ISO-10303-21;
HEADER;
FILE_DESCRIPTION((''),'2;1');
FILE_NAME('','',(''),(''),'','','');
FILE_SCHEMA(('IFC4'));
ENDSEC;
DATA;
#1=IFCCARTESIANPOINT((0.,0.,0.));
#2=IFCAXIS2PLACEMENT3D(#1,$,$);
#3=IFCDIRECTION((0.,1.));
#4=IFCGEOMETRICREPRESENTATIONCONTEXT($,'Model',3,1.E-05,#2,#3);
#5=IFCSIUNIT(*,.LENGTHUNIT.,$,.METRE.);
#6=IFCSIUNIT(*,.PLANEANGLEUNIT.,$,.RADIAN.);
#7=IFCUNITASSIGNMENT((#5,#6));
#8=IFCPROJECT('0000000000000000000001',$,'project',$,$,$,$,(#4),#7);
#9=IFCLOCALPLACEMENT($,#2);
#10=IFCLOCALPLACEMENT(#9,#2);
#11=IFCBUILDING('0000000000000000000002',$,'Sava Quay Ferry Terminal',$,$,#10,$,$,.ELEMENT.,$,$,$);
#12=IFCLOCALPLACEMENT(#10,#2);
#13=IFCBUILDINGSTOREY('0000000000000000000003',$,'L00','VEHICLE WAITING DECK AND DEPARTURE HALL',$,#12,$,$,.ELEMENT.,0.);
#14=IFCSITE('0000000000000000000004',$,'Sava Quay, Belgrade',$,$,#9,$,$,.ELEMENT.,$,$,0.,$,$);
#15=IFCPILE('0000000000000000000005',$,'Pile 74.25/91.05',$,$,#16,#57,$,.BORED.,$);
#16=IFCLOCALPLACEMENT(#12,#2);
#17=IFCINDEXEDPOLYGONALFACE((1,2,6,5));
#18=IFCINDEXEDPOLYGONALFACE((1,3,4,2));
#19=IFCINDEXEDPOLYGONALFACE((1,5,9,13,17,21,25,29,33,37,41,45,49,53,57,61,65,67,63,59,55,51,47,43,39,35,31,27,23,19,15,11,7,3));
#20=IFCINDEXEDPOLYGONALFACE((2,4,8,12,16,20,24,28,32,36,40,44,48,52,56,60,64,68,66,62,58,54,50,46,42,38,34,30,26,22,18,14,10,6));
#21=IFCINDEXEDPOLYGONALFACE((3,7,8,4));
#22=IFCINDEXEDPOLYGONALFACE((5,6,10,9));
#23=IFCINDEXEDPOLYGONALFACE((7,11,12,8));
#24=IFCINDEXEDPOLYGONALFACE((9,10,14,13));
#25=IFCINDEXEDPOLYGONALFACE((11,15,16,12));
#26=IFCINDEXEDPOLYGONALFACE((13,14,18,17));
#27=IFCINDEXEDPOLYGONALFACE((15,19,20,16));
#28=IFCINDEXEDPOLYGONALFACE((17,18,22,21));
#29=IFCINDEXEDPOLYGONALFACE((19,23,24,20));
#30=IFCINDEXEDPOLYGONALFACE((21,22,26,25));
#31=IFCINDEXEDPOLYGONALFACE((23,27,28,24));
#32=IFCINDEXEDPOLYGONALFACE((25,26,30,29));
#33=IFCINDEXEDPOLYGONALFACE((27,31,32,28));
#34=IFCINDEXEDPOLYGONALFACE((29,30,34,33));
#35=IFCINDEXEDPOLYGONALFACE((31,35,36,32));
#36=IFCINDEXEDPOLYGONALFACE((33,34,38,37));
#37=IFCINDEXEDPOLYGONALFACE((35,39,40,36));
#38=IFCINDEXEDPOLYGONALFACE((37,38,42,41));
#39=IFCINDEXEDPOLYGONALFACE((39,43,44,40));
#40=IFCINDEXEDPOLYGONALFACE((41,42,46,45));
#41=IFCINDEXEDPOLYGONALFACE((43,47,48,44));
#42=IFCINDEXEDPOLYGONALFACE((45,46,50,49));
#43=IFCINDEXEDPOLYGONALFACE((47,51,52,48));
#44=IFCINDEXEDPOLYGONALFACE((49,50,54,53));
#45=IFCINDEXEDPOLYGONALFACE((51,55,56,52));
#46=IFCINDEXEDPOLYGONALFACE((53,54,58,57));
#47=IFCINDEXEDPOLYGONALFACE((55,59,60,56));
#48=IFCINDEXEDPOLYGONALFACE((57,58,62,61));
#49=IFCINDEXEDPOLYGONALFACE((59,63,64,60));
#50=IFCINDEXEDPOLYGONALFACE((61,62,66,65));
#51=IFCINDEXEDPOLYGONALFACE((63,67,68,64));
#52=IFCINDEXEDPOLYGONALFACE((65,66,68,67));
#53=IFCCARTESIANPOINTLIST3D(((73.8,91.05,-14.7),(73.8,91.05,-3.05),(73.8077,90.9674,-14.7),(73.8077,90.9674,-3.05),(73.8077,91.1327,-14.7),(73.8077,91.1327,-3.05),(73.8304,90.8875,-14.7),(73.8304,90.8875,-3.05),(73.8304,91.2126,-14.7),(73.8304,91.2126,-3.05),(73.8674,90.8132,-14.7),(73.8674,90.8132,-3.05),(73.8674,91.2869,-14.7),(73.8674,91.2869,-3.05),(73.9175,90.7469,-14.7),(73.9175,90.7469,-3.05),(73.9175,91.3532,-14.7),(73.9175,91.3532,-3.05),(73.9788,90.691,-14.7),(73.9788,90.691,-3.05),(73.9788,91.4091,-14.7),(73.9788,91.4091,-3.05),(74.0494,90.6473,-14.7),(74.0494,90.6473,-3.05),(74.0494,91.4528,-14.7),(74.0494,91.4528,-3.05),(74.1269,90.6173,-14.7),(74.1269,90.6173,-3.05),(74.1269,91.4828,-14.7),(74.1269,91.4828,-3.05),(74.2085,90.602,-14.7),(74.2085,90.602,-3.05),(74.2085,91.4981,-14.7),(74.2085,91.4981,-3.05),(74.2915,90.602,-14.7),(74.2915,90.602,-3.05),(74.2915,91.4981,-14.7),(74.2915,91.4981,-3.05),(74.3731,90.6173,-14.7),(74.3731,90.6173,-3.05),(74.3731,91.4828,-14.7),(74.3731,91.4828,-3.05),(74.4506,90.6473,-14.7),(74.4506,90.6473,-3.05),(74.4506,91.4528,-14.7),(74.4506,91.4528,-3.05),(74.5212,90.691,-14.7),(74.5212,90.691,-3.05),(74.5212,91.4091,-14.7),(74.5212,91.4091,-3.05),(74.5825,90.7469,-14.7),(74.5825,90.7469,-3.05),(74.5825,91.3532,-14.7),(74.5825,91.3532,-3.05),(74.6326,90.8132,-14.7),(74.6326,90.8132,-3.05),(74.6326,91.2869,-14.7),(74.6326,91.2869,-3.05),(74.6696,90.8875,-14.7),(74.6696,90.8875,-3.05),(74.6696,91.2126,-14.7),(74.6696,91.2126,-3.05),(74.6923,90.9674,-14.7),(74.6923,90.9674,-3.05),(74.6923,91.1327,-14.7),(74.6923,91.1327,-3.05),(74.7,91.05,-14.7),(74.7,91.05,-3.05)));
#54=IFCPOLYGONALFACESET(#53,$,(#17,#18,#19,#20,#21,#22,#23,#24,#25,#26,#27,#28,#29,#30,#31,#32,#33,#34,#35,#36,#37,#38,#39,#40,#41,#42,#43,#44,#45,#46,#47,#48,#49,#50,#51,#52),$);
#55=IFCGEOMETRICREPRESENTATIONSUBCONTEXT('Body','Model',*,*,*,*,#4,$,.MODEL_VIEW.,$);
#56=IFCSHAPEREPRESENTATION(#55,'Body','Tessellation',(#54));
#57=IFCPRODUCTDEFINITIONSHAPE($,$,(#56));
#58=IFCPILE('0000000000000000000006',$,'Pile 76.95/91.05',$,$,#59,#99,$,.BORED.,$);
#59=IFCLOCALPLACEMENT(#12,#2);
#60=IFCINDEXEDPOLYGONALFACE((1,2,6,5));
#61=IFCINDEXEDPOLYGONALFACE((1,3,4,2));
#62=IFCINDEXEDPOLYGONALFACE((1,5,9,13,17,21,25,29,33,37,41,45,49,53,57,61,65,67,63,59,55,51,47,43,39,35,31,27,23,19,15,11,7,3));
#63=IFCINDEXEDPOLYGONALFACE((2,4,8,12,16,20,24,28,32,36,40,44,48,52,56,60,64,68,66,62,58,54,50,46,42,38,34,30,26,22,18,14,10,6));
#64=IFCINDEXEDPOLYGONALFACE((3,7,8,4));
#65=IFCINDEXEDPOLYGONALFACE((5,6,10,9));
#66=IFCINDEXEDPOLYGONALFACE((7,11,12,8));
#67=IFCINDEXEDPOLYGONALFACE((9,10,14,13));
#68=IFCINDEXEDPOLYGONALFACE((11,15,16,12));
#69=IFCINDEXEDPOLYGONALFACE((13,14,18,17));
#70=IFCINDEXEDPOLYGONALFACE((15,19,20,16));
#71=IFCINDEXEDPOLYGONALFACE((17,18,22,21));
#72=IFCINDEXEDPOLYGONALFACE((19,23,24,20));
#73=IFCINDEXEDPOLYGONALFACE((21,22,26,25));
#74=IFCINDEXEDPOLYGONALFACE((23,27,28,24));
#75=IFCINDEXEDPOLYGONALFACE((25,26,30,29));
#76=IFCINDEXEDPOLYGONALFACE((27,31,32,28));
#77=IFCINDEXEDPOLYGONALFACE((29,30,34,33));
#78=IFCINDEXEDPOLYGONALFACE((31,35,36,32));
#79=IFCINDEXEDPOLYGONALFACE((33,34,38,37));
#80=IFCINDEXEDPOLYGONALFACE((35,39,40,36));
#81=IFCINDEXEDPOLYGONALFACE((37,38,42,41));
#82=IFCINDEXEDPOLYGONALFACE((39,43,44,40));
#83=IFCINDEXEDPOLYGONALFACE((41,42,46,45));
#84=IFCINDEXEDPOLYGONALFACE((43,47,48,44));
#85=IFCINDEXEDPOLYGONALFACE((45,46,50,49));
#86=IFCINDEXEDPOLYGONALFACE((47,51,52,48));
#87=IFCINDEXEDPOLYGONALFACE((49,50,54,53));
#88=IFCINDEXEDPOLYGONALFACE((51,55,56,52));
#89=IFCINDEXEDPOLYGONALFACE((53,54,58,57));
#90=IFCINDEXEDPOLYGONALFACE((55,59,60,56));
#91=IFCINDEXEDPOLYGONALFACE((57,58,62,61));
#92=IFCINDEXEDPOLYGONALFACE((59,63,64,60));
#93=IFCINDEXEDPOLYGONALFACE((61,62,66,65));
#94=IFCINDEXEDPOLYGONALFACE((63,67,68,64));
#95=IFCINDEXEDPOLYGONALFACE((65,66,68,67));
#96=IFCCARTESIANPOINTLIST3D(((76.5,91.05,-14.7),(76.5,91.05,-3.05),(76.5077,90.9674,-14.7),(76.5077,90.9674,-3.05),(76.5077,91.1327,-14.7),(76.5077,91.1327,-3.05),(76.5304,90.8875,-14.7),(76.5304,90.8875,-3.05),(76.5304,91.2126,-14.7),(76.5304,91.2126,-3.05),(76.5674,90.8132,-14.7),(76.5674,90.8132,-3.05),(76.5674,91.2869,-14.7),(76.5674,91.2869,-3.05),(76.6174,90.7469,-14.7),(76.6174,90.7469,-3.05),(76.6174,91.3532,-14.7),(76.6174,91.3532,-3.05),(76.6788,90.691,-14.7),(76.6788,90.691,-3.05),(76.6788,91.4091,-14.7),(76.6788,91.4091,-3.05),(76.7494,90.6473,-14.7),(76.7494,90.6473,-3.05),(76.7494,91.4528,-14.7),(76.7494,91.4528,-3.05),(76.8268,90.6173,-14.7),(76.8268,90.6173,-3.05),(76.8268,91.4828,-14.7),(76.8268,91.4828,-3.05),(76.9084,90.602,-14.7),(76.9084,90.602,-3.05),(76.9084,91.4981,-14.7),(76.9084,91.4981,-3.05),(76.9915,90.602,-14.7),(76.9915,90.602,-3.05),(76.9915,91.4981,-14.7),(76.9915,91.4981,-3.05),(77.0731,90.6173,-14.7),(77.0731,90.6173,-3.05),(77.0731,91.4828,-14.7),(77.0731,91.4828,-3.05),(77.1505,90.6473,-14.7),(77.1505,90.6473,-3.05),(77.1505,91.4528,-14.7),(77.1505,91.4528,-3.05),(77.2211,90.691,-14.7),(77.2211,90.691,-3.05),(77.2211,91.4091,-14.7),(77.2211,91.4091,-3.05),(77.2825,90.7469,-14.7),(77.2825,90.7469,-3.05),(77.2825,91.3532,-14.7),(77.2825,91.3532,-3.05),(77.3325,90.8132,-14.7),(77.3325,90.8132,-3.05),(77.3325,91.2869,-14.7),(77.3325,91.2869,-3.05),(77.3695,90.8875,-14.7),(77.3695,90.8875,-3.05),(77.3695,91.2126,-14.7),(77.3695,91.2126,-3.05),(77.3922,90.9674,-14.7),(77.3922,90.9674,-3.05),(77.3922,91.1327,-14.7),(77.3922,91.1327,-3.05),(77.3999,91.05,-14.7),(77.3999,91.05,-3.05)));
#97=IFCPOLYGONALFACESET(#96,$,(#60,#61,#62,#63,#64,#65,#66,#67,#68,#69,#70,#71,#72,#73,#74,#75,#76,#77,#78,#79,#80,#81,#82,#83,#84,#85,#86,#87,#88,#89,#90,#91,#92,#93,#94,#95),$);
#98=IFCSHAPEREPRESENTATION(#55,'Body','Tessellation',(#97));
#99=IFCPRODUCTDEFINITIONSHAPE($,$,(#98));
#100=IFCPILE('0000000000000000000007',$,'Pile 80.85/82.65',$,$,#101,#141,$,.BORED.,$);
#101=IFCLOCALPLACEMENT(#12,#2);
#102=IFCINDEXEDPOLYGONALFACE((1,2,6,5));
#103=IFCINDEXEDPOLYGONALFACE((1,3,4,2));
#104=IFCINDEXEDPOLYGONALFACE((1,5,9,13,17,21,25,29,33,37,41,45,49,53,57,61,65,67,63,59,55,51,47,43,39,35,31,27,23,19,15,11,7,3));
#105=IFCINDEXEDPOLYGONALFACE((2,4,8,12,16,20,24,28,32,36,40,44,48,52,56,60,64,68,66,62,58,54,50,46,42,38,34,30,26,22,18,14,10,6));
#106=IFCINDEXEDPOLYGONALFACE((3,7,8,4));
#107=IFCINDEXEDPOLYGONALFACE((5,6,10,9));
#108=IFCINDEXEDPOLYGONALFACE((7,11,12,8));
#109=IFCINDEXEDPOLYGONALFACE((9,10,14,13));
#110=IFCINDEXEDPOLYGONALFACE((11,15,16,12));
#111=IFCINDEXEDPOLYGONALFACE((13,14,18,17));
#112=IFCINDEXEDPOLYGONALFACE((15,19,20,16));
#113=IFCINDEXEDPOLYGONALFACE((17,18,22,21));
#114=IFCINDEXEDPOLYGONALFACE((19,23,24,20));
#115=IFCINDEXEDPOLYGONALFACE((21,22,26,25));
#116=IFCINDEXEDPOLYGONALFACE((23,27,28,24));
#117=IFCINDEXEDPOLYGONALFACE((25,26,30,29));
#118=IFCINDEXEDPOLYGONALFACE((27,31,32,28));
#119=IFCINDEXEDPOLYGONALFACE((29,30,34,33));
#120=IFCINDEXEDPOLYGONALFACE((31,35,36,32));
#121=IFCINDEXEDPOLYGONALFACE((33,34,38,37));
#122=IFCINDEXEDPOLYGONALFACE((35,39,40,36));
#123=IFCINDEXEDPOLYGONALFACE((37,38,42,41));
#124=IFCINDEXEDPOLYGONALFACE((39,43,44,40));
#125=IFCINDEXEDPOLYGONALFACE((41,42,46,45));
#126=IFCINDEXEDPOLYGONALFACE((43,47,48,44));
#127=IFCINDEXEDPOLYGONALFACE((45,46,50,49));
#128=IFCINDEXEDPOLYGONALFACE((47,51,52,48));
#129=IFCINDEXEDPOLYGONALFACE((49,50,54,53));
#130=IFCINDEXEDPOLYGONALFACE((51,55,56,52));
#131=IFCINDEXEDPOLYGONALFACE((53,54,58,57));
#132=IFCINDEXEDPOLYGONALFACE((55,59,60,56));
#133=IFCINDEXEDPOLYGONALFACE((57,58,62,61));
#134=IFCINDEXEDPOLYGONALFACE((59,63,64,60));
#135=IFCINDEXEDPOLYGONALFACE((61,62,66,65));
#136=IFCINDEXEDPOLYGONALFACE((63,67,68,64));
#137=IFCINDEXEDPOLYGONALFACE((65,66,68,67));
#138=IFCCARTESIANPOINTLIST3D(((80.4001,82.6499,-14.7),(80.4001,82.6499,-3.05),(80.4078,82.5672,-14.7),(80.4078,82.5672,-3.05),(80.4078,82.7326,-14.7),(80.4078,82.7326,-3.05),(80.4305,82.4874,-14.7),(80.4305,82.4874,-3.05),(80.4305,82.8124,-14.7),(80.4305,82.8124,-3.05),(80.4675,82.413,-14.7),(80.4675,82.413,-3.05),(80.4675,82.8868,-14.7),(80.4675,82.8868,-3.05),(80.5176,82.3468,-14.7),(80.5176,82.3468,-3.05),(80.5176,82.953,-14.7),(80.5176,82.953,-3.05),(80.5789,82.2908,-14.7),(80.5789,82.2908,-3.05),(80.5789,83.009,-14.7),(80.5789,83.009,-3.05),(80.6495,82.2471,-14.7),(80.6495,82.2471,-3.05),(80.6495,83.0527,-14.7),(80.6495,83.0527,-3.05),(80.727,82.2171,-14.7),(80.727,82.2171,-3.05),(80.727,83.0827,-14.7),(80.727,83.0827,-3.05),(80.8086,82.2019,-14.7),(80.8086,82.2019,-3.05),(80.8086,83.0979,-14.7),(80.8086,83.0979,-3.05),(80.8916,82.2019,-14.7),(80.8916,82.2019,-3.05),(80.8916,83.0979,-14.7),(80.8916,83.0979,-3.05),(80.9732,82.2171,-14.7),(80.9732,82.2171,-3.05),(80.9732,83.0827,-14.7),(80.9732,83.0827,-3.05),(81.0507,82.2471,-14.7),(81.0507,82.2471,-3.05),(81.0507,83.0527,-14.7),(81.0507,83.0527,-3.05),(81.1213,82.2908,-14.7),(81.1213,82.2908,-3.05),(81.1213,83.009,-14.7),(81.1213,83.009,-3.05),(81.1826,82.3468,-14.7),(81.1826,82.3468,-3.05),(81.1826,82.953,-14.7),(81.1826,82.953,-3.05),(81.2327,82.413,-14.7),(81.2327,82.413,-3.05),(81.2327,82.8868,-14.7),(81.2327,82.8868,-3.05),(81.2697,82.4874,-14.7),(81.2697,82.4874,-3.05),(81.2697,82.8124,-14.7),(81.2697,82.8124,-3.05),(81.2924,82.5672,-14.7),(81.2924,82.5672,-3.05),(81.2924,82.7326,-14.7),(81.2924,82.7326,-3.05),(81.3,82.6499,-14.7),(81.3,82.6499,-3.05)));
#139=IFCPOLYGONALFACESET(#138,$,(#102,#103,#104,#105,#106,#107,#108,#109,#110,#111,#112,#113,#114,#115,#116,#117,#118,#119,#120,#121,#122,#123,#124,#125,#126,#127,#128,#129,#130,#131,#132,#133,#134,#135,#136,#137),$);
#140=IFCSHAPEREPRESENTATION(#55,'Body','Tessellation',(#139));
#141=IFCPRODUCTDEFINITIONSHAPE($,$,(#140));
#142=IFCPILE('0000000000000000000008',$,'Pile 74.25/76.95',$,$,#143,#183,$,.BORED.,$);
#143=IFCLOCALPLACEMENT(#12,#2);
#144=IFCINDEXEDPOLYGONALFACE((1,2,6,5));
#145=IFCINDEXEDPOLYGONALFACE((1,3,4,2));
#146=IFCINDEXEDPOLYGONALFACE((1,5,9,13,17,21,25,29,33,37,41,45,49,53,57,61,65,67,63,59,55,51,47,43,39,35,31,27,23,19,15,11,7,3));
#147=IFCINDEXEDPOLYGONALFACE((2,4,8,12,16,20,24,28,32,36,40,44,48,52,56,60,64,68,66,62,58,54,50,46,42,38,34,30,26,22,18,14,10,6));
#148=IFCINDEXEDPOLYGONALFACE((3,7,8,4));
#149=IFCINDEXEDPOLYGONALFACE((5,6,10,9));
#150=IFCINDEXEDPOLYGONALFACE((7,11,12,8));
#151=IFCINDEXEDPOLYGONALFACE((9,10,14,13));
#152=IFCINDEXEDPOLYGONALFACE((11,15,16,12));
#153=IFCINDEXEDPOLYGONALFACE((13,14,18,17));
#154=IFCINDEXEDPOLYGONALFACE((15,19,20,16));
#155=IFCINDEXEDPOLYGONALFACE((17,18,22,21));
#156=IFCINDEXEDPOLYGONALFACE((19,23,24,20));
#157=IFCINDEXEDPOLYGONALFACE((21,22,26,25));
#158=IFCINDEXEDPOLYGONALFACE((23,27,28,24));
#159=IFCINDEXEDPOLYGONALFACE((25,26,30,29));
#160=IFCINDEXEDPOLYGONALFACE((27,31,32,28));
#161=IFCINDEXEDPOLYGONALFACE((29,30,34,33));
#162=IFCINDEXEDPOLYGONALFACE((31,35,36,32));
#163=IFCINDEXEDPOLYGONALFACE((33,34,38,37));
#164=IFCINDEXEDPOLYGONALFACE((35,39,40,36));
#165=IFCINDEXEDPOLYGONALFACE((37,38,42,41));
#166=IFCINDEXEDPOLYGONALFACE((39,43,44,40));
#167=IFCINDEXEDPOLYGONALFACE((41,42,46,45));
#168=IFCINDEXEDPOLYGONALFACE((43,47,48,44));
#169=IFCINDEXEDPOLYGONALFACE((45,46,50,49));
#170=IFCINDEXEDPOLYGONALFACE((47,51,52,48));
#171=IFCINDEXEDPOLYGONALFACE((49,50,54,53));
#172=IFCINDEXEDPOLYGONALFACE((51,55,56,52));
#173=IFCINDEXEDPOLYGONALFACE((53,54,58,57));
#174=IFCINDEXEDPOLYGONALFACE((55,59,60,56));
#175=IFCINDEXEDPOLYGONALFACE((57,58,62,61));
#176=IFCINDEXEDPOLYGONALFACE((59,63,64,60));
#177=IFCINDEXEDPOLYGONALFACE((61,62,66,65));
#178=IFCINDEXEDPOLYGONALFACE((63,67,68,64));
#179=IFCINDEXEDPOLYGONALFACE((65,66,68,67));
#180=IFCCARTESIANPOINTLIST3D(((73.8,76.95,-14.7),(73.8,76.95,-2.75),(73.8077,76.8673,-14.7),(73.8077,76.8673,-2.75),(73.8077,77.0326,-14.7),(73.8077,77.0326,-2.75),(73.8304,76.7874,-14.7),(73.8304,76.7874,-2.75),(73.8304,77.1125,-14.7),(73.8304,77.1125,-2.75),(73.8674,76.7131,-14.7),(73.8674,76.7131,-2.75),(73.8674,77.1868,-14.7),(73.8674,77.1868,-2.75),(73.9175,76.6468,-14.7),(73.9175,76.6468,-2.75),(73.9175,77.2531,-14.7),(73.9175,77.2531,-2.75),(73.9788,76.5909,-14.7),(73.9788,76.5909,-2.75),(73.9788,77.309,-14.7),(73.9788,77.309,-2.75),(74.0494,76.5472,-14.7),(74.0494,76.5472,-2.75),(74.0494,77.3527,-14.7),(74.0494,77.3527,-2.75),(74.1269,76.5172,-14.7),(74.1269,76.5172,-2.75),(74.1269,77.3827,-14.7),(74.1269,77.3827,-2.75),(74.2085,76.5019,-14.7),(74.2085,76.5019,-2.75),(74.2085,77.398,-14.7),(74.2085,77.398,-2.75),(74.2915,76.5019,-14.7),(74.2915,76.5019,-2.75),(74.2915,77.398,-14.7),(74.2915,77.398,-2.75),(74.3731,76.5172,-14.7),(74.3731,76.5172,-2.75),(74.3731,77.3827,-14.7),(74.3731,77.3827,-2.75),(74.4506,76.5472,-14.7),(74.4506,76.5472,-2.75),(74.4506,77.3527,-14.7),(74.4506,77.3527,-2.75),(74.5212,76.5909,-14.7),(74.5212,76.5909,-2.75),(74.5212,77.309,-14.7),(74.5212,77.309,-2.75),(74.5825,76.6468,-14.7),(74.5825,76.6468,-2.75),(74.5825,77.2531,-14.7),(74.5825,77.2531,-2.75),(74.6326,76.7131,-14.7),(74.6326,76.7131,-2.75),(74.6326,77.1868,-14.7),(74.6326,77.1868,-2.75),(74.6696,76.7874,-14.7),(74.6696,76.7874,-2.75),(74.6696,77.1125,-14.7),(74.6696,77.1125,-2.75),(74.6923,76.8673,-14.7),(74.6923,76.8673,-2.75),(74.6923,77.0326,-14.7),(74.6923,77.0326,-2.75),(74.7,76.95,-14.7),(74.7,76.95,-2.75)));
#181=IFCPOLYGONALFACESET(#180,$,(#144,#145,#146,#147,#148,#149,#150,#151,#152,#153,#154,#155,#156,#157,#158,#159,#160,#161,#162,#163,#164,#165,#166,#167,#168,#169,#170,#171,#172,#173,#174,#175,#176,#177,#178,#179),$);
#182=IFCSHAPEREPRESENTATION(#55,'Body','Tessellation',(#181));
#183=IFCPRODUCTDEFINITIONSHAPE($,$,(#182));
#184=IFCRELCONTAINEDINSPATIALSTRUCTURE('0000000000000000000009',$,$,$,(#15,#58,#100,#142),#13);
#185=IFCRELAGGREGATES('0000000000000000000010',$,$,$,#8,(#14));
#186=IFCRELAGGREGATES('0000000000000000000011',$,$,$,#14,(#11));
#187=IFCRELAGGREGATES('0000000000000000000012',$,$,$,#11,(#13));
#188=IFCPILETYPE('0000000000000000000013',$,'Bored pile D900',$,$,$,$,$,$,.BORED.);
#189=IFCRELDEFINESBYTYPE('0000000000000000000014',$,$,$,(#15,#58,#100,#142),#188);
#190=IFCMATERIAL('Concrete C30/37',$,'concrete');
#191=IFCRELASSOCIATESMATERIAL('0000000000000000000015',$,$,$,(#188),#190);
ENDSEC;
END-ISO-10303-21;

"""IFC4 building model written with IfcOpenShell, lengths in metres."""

from ifc_helpers import new_model, si_unit, direction, frame, origin, origin_2d, place, context, subcontext, project, spatial, circle, extrude, material, material_profile, profile_set, type_object, element, save


model = new_model("IFC4")

# Units and contexts
model_context = context("Model", 3, precision=1e-05, world=origin(), true_north=direction((0.0, 1.0)))
body_context = subcontext(model_context, "Body", "Model", "MODEL_VIEW")
ifc_project = project(units=[si_unit("LENGTHUNIT", "METRE"), si_unit("PLANEANGLEUNIT", "RADIAN")], contexts=[model_context])

# Site, building, storey
site_placement = place(None, origin())
site = spatial("IfcSite", under=ifc_project, at=site_placement, Name="Sava Quay, Belgrade", CompositionType="ELEMENT", RefElevation=0.0)
building_placement = place(site_placement, origin())
building = spatial("IfcBuilding", under=site, at=building_placement, Name="Sava Quay Ferry Terminal", CompositionType="ELEMENT")
storey_placement = place(building_placement, origin())
storey = spatial("IfcBuildingStorey", under=building, at=storey_placement, Name="L00", Description="VEHICLE WAITING DECK AND DEPARTURE HALL", CompositionType="ELEMENT", Elevation=0.0)

# Piles
ifc_material_1 = material(Name="Concrete C30/37", Category="concrete")
ifc_material_profile_1 = material_profile(ifc_material_1, circle(Radius=0.45, at=origin_2d()), Name="Bored pile D900")
ifc_profile_set_1 = profile_set([ifc_material_profile_1], Name="Concrete C30/37")
pile_type = type_object("IfcPileType", Name="Bored pile D900", PredefinedType="BORED", material=ifc_profile_set_1)
for number, where, z_axis, x_axis, name in (
    (1, (74.25, 91.05, -3.05), (0.0, 0.0, -1.0), (1.0, 0.0, 0.0), "Pile 74.25/91.05"),
    (2, (76.95, 91.05, -3.05), (0.0, 0.0, -1.0), (1.0, 0.0, 0.0), "Pile 76.95/91.05"),
    (3, (80.8501, 82.6499, -3.05), (0.0, 0.0, -1.0), (1.0, 0.0, 0.0), "Pile 80.85/82.65"),
):
    element("IfcPile", number, at=place(storey_placement, frame(where, z_axis=z_axis, x_axis=x_axis)), inside=storey, type_object=pile_type, Name=name, PredefinedType="BORED", context=body_context, shape_type="SweptSolid", body=[
        extrude(circle(Radius=0.45, at=origin_2d()), origin(), (0.0, 0.0, 1.0), 11.6499),
    ])
for number, where, z_axis, x_axis, name in (
    (4, (74.25, 76.95, -2.75), (0.0, 0.0, -1.0), (1.0, 0.0, 0.0), "Pile 74.25/76.95"),
):
    element("IfcPile", number, at=place(storey_placement, frame(where, z_axis=z_axis, x_axis=x_axis)), inside=storey, type_object=pile_type, Name=name, PredefinedType="BORED", context=body_context, shape_type="SweptSolid", body=[
        extrude(circle(Radius=0.45, at=origin_2d()), origin(), (0.0, 0.0, 1.0), 11.95),
    ])

save(model, "model.ifc")
